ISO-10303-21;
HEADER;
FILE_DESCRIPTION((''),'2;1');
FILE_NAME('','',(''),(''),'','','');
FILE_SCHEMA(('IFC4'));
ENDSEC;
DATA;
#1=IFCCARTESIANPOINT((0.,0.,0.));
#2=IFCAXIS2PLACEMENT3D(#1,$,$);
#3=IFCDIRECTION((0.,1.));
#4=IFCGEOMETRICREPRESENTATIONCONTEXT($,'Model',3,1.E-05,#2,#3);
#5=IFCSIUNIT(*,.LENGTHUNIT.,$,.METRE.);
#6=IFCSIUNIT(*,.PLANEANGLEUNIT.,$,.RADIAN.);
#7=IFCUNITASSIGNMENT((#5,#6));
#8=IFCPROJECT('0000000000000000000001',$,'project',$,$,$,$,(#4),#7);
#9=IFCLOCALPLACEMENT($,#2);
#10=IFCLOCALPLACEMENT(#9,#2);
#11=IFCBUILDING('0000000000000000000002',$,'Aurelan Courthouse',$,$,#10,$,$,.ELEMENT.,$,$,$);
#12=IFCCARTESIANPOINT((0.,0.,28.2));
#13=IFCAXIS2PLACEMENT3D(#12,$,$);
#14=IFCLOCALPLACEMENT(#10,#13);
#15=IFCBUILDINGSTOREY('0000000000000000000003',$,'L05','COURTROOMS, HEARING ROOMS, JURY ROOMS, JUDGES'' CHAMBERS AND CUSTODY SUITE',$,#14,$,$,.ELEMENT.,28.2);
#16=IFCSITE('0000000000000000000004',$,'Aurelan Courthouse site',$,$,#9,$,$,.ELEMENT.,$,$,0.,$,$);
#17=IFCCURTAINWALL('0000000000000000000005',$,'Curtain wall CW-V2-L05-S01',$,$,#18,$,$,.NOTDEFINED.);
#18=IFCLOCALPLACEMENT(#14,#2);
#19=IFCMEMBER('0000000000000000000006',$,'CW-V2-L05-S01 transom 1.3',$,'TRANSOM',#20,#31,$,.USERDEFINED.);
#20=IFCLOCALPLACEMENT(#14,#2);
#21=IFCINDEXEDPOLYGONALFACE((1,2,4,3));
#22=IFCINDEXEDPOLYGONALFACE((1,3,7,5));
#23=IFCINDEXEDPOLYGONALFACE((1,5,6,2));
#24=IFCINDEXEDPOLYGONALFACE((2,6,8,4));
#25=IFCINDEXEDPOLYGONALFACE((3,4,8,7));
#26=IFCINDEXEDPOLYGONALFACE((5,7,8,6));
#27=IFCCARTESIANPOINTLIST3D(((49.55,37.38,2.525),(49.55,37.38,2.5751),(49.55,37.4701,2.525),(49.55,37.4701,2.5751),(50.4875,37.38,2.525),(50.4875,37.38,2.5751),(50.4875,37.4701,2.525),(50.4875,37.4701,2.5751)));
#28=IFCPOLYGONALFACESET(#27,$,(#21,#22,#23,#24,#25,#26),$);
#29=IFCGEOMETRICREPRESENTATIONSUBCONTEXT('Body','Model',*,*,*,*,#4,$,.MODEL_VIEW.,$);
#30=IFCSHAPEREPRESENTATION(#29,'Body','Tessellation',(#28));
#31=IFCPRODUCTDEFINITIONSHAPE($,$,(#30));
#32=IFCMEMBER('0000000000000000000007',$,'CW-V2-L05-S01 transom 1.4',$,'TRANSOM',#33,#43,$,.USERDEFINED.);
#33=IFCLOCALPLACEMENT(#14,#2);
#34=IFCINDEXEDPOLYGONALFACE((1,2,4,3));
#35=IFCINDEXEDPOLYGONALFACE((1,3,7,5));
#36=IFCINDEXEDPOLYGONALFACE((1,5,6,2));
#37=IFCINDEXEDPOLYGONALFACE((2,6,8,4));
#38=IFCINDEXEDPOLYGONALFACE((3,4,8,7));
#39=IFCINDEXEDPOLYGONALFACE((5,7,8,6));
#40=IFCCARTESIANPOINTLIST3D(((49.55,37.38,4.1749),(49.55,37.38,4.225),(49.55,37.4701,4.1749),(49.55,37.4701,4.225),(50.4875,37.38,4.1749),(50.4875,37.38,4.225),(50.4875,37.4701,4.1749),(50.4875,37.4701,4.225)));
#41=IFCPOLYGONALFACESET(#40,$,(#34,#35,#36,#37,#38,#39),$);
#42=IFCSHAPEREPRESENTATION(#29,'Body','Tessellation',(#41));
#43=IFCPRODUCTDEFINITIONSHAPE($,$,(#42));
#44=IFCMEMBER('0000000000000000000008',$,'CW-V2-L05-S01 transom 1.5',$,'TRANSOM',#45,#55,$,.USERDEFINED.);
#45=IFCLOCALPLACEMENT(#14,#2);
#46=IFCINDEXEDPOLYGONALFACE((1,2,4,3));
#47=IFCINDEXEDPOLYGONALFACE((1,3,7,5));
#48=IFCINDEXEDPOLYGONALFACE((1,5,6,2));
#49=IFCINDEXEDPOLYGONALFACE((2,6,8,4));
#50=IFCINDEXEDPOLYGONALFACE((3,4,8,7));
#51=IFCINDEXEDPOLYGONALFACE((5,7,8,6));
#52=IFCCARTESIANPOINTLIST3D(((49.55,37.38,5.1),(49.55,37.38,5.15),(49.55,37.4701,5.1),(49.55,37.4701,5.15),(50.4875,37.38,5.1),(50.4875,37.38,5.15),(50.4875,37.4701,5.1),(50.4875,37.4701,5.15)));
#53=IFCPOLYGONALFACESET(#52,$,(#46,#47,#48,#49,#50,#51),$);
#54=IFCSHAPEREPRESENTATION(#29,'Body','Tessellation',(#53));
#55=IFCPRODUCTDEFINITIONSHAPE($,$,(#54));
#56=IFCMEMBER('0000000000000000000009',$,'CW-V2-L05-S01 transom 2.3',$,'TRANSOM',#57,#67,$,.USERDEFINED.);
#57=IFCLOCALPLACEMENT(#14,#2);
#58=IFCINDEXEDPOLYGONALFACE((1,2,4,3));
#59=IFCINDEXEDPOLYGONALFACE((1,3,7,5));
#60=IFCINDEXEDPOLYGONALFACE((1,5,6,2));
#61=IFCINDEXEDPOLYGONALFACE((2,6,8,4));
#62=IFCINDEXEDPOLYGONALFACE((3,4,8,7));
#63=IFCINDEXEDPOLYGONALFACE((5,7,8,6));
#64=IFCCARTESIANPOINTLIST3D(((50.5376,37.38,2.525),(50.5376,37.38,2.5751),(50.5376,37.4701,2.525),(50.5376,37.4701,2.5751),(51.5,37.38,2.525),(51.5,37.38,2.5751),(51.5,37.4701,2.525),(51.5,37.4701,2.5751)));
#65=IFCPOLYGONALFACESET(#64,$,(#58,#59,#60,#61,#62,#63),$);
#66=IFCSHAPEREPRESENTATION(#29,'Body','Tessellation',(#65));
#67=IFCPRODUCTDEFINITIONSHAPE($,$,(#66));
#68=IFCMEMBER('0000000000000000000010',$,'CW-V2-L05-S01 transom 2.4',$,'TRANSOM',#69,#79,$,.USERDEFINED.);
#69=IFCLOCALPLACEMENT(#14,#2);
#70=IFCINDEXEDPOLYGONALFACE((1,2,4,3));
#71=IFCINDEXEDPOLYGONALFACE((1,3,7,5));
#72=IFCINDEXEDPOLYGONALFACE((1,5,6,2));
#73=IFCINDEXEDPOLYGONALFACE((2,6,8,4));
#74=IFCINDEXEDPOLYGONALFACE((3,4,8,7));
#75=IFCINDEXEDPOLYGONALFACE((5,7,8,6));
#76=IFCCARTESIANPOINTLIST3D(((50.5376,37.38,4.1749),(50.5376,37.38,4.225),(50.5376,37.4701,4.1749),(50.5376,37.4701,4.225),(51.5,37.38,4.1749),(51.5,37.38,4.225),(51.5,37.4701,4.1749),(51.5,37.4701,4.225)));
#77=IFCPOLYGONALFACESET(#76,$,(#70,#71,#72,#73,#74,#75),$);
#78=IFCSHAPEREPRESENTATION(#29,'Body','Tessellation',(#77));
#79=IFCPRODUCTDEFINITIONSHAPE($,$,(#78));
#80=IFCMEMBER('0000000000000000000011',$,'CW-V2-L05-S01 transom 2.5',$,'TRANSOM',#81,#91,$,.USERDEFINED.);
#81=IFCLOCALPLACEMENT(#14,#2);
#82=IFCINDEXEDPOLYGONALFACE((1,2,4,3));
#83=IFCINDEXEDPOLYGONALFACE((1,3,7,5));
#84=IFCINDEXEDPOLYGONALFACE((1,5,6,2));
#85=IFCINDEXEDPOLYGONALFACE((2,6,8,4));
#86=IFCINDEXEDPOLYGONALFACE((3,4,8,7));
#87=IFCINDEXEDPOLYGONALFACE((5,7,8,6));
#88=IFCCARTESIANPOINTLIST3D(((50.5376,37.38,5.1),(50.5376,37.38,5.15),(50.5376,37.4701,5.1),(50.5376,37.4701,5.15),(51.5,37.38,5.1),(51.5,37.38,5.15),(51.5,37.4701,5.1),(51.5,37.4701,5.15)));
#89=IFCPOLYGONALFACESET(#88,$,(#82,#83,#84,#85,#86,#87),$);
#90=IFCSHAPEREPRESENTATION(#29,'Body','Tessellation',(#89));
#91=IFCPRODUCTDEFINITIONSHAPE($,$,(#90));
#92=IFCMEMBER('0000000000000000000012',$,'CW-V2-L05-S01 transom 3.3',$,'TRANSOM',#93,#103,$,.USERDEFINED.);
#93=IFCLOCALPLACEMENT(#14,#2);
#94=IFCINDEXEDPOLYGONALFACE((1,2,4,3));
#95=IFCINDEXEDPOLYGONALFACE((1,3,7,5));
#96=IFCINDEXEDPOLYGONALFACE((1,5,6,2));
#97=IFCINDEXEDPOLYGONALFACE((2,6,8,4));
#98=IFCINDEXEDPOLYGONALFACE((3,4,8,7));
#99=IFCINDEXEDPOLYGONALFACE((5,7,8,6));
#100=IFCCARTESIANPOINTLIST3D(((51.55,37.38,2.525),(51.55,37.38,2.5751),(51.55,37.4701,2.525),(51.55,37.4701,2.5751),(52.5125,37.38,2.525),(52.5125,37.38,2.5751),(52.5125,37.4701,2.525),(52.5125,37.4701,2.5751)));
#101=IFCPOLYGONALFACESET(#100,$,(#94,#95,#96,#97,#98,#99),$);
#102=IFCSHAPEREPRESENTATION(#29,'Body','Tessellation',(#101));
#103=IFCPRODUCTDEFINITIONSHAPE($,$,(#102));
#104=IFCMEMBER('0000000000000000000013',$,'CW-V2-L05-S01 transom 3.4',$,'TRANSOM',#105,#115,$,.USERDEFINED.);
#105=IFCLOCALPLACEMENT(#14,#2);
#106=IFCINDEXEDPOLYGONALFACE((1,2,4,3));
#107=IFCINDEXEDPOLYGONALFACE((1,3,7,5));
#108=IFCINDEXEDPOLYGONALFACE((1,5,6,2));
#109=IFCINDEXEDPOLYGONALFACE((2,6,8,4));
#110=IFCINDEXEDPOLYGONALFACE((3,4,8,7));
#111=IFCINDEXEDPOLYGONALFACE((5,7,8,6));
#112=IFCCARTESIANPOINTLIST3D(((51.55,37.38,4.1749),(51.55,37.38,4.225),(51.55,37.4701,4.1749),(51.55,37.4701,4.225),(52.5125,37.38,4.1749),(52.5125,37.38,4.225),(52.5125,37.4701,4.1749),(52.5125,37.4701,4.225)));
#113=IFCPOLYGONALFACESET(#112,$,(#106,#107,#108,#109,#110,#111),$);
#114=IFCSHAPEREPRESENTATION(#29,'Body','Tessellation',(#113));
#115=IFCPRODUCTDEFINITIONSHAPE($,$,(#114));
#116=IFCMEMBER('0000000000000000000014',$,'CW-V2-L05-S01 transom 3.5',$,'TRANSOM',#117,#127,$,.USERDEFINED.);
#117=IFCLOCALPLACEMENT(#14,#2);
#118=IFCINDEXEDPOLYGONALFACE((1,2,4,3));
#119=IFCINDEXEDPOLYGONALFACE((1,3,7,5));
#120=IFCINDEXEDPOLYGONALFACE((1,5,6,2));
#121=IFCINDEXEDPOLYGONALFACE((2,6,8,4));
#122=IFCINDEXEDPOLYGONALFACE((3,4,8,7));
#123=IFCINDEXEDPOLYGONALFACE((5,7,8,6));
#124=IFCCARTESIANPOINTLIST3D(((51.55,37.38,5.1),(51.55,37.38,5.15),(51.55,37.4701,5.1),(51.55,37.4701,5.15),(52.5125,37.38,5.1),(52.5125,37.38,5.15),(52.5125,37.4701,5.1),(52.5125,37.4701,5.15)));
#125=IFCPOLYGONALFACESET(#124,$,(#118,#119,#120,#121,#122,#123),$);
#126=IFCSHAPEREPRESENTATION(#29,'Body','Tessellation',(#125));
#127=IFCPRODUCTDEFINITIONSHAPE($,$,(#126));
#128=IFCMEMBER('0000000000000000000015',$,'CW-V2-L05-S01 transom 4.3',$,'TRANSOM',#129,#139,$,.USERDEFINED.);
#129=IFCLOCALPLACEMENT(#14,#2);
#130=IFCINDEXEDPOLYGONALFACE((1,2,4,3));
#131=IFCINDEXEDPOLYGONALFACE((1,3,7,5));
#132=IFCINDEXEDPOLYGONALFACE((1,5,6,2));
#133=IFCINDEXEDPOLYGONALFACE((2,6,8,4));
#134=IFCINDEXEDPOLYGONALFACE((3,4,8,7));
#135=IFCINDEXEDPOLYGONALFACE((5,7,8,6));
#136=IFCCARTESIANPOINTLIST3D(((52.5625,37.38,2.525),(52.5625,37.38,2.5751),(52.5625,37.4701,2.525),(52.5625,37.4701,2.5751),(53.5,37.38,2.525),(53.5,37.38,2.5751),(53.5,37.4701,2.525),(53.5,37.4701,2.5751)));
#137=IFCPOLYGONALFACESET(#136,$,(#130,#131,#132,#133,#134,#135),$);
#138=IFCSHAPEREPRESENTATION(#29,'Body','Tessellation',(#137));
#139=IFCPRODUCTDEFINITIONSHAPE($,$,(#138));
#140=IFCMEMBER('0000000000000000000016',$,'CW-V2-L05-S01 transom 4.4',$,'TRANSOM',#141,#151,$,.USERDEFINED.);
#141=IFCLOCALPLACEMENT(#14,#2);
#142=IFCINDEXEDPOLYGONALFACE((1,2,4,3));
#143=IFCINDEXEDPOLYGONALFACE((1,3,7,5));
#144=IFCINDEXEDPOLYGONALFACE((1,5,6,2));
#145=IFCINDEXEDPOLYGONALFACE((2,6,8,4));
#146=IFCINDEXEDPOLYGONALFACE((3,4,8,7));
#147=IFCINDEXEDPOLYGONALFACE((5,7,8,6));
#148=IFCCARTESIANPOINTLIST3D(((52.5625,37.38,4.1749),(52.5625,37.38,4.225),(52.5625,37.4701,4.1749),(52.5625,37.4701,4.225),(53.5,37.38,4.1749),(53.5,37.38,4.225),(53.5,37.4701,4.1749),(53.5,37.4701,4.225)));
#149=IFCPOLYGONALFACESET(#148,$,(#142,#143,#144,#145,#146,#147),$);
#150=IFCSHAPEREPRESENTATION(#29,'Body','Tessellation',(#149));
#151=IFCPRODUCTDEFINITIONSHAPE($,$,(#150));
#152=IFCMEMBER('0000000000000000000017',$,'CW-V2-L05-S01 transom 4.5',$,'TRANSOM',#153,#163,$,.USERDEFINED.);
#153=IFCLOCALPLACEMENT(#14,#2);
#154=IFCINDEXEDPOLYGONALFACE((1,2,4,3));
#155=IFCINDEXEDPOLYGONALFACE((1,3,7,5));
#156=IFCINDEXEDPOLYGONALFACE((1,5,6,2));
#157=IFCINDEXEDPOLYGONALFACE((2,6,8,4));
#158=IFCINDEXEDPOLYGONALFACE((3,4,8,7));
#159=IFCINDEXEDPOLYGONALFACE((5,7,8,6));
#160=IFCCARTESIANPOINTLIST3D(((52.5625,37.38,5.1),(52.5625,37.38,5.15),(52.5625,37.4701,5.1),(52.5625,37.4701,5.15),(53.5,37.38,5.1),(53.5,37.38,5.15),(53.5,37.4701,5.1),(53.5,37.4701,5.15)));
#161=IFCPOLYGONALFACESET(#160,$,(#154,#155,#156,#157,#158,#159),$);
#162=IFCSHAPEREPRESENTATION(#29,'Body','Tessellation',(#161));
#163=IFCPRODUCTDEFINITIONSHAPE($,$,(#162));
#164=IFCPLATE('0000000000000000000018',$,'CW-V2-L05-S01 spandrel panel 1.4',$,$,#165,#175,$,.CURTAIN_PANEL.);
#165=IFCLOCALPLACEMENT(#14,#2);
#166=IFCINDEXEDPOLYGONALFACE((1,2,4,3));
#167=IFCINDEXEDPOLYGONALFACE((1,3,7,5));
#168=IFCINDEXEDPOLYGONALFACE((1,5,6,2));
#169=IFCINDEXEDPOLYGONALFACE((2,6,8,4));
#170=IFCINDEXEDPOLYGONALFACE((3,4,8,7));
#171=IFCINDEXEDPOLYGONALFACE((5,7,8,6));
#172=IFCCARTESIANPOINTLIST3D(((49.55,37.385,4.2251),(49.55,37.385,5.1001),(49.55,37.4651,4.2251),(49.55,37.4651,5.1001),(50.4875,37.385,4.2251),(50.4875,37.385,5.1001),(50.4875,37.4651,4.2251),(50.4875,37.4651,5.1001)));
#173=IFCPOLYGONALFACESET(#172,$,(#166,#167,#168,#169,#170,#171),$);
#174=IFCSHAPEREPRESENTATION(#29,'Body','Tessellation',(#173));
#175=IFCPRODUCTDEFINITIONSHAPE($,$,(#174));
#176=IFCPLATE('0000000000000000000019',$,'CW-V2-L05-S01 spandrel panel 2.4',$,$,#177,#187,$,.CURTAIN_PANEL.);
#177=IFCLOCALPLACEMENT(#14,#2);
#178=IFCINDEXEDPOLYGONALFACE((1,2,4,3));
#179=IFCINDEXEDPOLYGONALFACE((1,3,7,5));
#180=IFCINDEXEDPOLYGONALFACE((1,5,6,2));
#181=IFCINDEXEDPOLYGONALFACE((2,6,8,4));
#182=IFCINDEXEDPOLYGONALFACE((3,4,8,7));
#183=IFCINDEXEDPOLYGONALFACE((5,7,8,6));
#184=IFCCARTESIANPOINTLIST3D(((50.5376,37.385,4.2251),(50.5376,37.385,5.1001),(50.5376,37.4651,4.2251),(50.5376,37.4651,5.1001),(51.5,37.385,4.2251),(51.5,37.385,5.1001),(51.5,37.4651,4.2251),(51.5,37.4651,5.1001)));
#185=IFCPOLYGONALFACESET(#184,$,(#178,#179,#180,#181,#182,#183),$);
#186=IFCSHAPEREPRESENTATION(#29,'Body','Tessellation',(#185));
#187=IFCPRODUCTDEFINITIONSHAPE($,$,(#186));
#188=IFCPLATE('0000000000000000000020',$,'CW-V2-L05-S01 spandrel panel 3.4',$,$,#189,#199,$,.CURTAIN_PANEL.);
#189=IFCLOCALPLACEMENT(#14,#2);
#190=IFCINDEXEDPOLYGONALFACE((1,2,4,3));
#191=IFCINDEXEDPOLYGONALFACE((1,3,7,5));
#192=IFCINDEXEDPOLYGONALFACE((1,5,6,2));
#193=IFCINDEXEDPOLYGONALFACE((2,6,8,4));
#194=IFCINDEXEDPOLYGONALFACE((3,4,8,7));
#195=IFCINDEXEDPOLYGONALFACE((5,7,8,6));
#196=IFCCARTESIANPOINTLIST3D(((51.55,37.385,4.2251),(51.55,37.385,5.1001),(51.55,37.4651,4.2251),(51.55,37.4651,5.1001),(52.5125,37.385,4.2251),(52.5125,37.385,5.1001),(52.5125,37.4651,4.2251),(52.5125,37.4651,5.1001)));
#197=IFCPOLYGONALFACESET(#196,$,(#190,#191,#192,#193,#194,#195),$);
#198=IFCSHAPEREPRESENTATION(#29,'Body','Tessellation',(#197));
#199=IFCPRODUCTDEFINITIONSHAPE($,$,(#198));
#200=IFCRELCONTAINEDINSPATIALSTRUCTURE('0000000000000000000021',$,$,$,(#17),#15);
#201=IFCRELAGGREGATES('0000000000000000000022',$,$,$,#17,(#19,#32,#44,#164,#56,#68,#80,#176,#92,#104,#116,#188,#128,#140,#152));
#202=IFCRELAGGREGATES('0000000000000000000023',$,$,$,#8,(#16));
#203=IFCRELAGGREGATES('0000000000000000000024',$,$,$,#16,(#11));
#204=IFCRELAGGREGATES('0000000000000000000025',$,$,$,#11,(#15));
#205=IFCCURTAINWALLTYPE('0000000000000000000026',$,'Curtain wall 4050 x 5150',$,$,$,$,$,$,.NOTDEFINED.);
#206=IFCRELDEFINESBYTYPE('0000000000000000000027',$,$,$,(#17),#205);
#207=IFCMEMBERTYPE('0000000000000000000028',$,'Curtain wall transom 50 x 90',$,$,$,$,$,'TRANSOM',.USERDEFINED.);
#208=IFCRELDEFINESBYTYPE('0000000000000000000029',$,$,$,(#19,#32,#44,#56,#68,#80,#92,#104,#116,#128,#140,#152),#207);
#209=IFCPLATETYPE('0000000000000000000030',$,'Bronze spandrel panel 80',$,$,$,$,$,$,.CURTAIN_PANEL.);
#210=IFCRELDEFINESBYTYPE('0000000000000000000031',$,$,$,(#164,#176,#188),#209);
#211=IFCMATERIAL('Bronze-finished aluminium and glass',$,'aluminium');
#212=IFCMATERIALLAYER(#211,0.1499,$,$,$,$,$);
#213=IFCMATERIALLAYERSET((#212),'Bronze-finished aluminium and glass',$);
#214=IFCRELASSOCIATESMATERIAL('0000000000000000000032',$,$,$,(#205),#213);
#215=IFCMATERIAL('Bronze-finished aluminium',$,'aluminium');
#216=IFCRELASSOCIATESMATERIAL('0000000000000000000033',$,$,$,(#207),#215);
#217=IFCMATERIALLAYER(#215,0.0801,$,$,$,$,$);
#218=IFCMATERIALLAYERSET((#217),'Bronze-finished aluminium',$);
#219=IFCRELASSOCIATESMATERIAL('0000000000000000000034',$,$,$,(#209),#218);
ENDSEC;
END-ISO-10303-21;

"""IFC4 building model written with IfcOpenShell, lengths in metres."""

from ifc_helpers import new_model, si_unit, direction, frame, origin, origin_2d, place, context, subcontext, project, spatial, rectangle, extrude, material, layer, layer_set, material_profile, profile_set, type_object, element, aggregate, save


model = new_model("IFC4")

# Units and contexts
model_context = context("Model", 3, precision=1e-05, world=origin(), true_north=direction((0.0, 1.0)))
body_context = subcontext(model_context, "Body", "Model", "MODEL_VIEW")
ifc_project = project(units=[si_unit("LENGTHUNIT", "METRE"), si_unit("PLANEANGLEUNIT", "RADIAN")], contexts=[model_context])

# Site, building, storey
site_placement = place(None, origin())
site = spatial("IfcSite", under=ifc_project, at=site_placement, Name="Aurelan Courthouse site", CompositionType="ELEMENT", RefElevation=0.0)
building_placement = place(site_placement, origin())
building = spatial("IfcBuilding", under=site, at=building_placement, Name="Aurelan Courthouse", CompositionType="ELEMENT")
storey_placement = place(building_placement, frame((0.0, 0.0, 28.2)))
storey = spatial("IfcBuildingStorey", under=building, at=storey_placement, Name="L05", Description="COURTROOMS, HEARING ROOMS, JURY ROOMS, JUDGES' CHAMBERS AND CUSTODY SUITE", CompositionType="ELEMENT", Elevation=28.2)

# Curtain wall, members, plates
ifc_material_1 = material(Name="Bronze-finished aluminium and glass", Category="aluminium")
ifc_layer_1 = layer(ifc_material_1, 0.1499)
ifc_layer_set_1 = layer_set([ifc_layer_1], Name="Bronze-finished aluminium and glass")
curtain_wall_type = type_object("IfcCurtainWallType", Name="Curtain wall 4050 x 5150", PredefinedType="NOTDEFINED", material=ifc_layer_set_1)
curtain_wall_placement = place(storey_placement, origin())
curtain_wall = element("IfcCurtainWall", 1, at=curtain_wall_placement, inside=storey, type_object=curtain_wall_type, Name="Curtain wall CW-V2-L05-S01", PredefinedType="NOTDEFINED")
ifc_material_2 = material(Name="Bronze-finished aluminium", Category="aluminium")
ifc_material_profile = material_profile(ifc_material_2, rectangle(XDim=0.0901, YDim=0.05, at=origin_2d()), Name="Bronze transom 50 x 90")
ifc_profile_set = profile_set([ifc_material_profile], Name="Bronze-finished aluminium")
member_type = type_object("IfcMemberType", Name="Curtain wall transom 50 x 90", ElementType="TRANSOM", PredefinedType="USERDEFINED", material=ifc_profile_set)
member_1_placement = place(storey_placement, frame((49.55, 37.425, 2.55), z_axis=(1.0, 0.0, 0.0), x_axis=(0.0, 1.0, 0.0)))
member_1 = element("IfcMember", 2, at=member_1_placement, type_object=member_type, Name="CW-V2-L05-S01 transom 1.3", ObjectType="TRANSOM", PredefinedType="USERDEFINED", context=body_context, shape_type="SweptSolid", body=[
    extrude(rectangle(XDim=0.0901, YDim=0.05, at=origin_2d()), origin(), (0.0, 0.0, 1.0), 0.9375),
])
member_2_placement = place(storey_placement, frame((49.55, 37.425, 4.2), z_axis=(1.0, 0.0, 0.0), x_axis=(0.0, 1.0, 0.0)))
member_2 = element("IfcMember", 3, at=member_2_placement, type_object=member_type, Name="CW-V2-L05-S01 transom 1.4", ObjectType="TRANSOM", PredefinedType="USERDEFINED", context=body_context, shape_type="SweptSolid", body=[
    extrude(rectangle(XDim=0.0901, YDim=0.05, at=origin_2d()), origin(), (0.0, 0.0, 1.0), 0.9375),
])
member_3_placement = place(storey_placement, frame((49.55, 37.425, 5.125), z_axis=(1.0, 0.0, 0.0), x_axis=(0.0, 1.0, 0.0)))
member_3 = element("IfcMember", 4, at=member_3_placement, type_object=member_type, Name="CW-V2-L05-S01 transom 1.5", ObjectType="TRANSOM", PredefinedType="USERDEFINED", context=body_context, shape_type="SweptSolid", body=[
    extrude(rectangle(XDim=0.0901, YDim=0.05, at=origin_2d()), origin(), (0.0, 0.0, 1.0), 0.9375),
])
member_4_placement = place(storey_placement, frame((50.5376, 37.425, 2.55), z_axis=(1.0, 0.0, 0.0), x_axis=(0.0, 1.0, 0.0)))
member_4 = element("IfcMember", 5, at=member_4_placement, type_object=member_type, Name="CW-V2-L05-S01 transom 2.3", ObjectType="TRANSOM", PredefinedType="USERDEFINED", context=body_context, shape_type="SweptSolid", body=[
    extrude(rectangle(XDim=0.0901, YDim=0.05, at=origin_2d()), origin(), (0.0, 0.0, 1.0), 0.9624),
])
member_5_placement = place(storey_placement, frame((50.5376, 37.425, 4.2), z_axis=(1.0, 0.0, 0.0), x_axis=(0.0, 1.0, 0.0)))
member_5 = element("IfcMember", 6, at=member_5_placement, type_object=member_type, Name="CW-V2-L05-S01 transom 2.4", ObjectType="TRANSOM", PredefinedType="USERDEFINED", context=body_context, shape_type="SweptSolid", body=[
    extrude(rectangle(XDim=0.0901, YDim=0.05, at=origin_2d()), origin(), (0.0, 0.0, 1.0), 0.9624),
])
member_6_placement = place(storey_placement, frame((50.5376, 37.425, 5.125), z_axis=(1.0, 0.0, 0.0), x_axis=(0.0, 1.0, 0.0)))
member_6 = element("IfcMember", 7, at=member_6_placement, type_object=member_type, Name="CW-V2-L05-S01 transom 2.5", ObjectType="TRANSOM", PredefinedType="USERDEFINED", context=body_context, shape_type="SweptSolid", body=[
    extrude(rectangle(XDim=0.0901, YDim=0.05, at=origin_2d()), origin(), (0.0, 0.0, 1.0), 0.9624),
])
member_7_placement = place(storey_placement, frame((51.55, 37.425, 2.55), z_axis=(1.0, 0.0, 0.0), x_axis=(0.0, 1.0, 0.0)))
member_7 = element("IfcMember", 8, at=member_7_placement, type_object=member_type, Name="CW-V2-L05-S01 transom 3.3", ObjectType="TRANSOM", PredefinedType="USERDEFINED", context=body_context, shape_type="SweptSolid", body=[
    extrude(rectangle(XDim=0.0901, YDim=0.05, at=origin_2d()), origin(), (0.0, 0.0, 1.0), 0.9624),
])
member_8_placement = place(storey_placement, frame((51.55, 37.425, 4.2), z_axis=(1.0, 0.0, 0.0), x_axis=(0.0, 1.0, 0.0)))
member_8 = element("IfcMember", 9, at=member_8_placement, type_object=member_type, Name="CW-V2-L05-S01 transom 3.4", ObjectType="TRANSOM", PredefinedType="USERDEFINED", context=body_context, shape_type="SweptSolid", body=[
    extrude(rectangle(XDim=0.0901, YDim=0.05, at=origin_2d()), origin(), (0.0, 0.0, 1.0), 0.9624),
])
member_9_placement = place(storey_placement, frame((51.55, 37.425, 5.125), z_axis=(1.0, 0.0, 0.0), x_axis=(0.0, 1.0, 0.0)))
member_9 = element("IfcMember", 10, at=member_9_placement, type_object=member_type, Name="CW-V2-L05-S01 transom 3.5", ObjectType="TRANSOM", PredefinedType="USERDEFINED", context=body_context, shape_type="SweptSolid", body=[
    extrude(rectangle(XDim=0.0901, YDim=0.05, at=origin_2d()), origin(), (0.0, 0.0, 1.0), 0.9624),
])
member_10_placement = place(storey_placement, frame((52.5625, 37.425, 2.55), z_axis=(1.0, 0.0, 0.0), x_axis=(0.0, 1.0, 0.0)))
member_10 = element("IfcMember", 11, at=member_10_placement, type_object=member_type, Name="CW-V2-L05-S01 transom 4.3", ObjectType="TRANSOM", PredefinedType="USERDEFINED", context=body_context, shape_type="SweptSolid", body=[
    extrude(rectangle(XDim=0.0901, YDim=0.05, at=origin_2d()), origin(), (0.0, 0.0, 1.0), 0.9375),
])
member_11_placement = place(storey_placement, frame((52.5625, 37.425, 4.2), z_axis=(1.0, 0.0, 0.0), x_axis=(0.0, 1.0, 0.0)))
member_11 = element("IfcMember", 12, at=member_11_placement, type_object=member_type, Name="CW-V2-L05-S01 transom 4.4", ObjectType="TRANSOM", PredefinedType="USERDEFINED", context=body_context, shape_type="SweptSolid", body=[
    extrude(rectangle(XDim=0.0901, YDim=0.05, at=origin_2d()), origin(), (0.0, 0.0, 1.0), 0.9375),
])
member_12_placement = place(storey_placement, frame((52.5625, 37.425, 5.125), z_axis=(1.0, 0.0, 0.0), x_axis=(0.0, 1.0, 0.0)))
member_12 = element("IfcMember", 13, at=member_12_placement, type_object=member_type, Name="CW-V2-L05-S01 transom 4.5", ObjectType="TRANSOM", PredefinedType="USERDEFINED", context=body_context, shape_type="SweptSolid", body=[
    extrude(rectangle(XDim=0.0901, YDim=0.05, at=origin_2d()), origin(), (0.0, 0.0, 1.0), 0.9375),
])
ifc_layer_2 = layer(ifc_material_2, 0.0801)
ifc_layer_set_2 = layer_set([ifc_layer_2], Name="Bronze-finished aluminium")
plate_type_1 = type_object("IfcPlateType", Name="Bronze spandrel panel 80", PredefinedType="CURTAIN_PANEL", material=ifc_layer_set_2)
plate_1_placement = place(storey_placement, frame((50.0188, 37.425, 4.2251), z_axis=(0.0, 0.0, 1.0), x_axis=(1.0, 0.0, 0.0)))
plate_1 = element("IfcPlate", 14, at=plate_1_placement, type_object=plate_type_1, Name="CW-V2-L05-S01 spandrel panel 1.4", PredefinedType="CURTAIN_PANEL", context=body_context, shape_type="SweptSolid", body=[
    extrude(rectangle(XDim=0.9375, YDim=0.0801, at=origin_2d()), origin(), (0.0, 0.0, 1.0), 0.875),
])
plate_2_placement = place(storey_placement, frame((51.0188, 37.425, 4.2251), z_axis=(0.0, 0.0, 1.0), x_axis=(1.0, 0.0, 0.0)))
plate_2 = element("IfcPlate", 15, at=plate_2_placement, type_object=plate_type_1, Name="CW-V2-L05-S01 spandrel panel 2.4", PredefinedType="CURTAIN_PANEL", context=body_context, shape_type="SweptSolid", body=[
    extrude(rectangle(XDim=0.9624, YDim=0.0801, at=origin_2d()), origin(), (0.0, 0.0, 1.0), 0.875),
])
plate_3_placement = place(storey_placement, frame((52.0312, 37.425, 4.2251), z_axis=(0.0, 0.0, 1.0), x_axis=(1.0, 0.0, 0.0)))
plate_3 = element("IfcPlate", 16, at=plate_3_placement, type_object=plate_type_1, Name="CW-V2-L05-S01 spandrel panel 3.4", PredefinedType="CURTAIN_PANEL", context=body_context, shape_type="SweptSolid", body=[
    extrude(rectangle(XDim=0.9624, YDim=0.0801, at=origin_2d()), origin(), (0.0, 0.0, 1.0), 0.875),
])
aggregate(curtain_wall, [member_1, member_2, member_3, plate_1, member_4, member_5, member_6, plate_2, member_7, member_8, member_9, plate_3, member_10, member_11, member_12])

save(model, "model.ifc")
